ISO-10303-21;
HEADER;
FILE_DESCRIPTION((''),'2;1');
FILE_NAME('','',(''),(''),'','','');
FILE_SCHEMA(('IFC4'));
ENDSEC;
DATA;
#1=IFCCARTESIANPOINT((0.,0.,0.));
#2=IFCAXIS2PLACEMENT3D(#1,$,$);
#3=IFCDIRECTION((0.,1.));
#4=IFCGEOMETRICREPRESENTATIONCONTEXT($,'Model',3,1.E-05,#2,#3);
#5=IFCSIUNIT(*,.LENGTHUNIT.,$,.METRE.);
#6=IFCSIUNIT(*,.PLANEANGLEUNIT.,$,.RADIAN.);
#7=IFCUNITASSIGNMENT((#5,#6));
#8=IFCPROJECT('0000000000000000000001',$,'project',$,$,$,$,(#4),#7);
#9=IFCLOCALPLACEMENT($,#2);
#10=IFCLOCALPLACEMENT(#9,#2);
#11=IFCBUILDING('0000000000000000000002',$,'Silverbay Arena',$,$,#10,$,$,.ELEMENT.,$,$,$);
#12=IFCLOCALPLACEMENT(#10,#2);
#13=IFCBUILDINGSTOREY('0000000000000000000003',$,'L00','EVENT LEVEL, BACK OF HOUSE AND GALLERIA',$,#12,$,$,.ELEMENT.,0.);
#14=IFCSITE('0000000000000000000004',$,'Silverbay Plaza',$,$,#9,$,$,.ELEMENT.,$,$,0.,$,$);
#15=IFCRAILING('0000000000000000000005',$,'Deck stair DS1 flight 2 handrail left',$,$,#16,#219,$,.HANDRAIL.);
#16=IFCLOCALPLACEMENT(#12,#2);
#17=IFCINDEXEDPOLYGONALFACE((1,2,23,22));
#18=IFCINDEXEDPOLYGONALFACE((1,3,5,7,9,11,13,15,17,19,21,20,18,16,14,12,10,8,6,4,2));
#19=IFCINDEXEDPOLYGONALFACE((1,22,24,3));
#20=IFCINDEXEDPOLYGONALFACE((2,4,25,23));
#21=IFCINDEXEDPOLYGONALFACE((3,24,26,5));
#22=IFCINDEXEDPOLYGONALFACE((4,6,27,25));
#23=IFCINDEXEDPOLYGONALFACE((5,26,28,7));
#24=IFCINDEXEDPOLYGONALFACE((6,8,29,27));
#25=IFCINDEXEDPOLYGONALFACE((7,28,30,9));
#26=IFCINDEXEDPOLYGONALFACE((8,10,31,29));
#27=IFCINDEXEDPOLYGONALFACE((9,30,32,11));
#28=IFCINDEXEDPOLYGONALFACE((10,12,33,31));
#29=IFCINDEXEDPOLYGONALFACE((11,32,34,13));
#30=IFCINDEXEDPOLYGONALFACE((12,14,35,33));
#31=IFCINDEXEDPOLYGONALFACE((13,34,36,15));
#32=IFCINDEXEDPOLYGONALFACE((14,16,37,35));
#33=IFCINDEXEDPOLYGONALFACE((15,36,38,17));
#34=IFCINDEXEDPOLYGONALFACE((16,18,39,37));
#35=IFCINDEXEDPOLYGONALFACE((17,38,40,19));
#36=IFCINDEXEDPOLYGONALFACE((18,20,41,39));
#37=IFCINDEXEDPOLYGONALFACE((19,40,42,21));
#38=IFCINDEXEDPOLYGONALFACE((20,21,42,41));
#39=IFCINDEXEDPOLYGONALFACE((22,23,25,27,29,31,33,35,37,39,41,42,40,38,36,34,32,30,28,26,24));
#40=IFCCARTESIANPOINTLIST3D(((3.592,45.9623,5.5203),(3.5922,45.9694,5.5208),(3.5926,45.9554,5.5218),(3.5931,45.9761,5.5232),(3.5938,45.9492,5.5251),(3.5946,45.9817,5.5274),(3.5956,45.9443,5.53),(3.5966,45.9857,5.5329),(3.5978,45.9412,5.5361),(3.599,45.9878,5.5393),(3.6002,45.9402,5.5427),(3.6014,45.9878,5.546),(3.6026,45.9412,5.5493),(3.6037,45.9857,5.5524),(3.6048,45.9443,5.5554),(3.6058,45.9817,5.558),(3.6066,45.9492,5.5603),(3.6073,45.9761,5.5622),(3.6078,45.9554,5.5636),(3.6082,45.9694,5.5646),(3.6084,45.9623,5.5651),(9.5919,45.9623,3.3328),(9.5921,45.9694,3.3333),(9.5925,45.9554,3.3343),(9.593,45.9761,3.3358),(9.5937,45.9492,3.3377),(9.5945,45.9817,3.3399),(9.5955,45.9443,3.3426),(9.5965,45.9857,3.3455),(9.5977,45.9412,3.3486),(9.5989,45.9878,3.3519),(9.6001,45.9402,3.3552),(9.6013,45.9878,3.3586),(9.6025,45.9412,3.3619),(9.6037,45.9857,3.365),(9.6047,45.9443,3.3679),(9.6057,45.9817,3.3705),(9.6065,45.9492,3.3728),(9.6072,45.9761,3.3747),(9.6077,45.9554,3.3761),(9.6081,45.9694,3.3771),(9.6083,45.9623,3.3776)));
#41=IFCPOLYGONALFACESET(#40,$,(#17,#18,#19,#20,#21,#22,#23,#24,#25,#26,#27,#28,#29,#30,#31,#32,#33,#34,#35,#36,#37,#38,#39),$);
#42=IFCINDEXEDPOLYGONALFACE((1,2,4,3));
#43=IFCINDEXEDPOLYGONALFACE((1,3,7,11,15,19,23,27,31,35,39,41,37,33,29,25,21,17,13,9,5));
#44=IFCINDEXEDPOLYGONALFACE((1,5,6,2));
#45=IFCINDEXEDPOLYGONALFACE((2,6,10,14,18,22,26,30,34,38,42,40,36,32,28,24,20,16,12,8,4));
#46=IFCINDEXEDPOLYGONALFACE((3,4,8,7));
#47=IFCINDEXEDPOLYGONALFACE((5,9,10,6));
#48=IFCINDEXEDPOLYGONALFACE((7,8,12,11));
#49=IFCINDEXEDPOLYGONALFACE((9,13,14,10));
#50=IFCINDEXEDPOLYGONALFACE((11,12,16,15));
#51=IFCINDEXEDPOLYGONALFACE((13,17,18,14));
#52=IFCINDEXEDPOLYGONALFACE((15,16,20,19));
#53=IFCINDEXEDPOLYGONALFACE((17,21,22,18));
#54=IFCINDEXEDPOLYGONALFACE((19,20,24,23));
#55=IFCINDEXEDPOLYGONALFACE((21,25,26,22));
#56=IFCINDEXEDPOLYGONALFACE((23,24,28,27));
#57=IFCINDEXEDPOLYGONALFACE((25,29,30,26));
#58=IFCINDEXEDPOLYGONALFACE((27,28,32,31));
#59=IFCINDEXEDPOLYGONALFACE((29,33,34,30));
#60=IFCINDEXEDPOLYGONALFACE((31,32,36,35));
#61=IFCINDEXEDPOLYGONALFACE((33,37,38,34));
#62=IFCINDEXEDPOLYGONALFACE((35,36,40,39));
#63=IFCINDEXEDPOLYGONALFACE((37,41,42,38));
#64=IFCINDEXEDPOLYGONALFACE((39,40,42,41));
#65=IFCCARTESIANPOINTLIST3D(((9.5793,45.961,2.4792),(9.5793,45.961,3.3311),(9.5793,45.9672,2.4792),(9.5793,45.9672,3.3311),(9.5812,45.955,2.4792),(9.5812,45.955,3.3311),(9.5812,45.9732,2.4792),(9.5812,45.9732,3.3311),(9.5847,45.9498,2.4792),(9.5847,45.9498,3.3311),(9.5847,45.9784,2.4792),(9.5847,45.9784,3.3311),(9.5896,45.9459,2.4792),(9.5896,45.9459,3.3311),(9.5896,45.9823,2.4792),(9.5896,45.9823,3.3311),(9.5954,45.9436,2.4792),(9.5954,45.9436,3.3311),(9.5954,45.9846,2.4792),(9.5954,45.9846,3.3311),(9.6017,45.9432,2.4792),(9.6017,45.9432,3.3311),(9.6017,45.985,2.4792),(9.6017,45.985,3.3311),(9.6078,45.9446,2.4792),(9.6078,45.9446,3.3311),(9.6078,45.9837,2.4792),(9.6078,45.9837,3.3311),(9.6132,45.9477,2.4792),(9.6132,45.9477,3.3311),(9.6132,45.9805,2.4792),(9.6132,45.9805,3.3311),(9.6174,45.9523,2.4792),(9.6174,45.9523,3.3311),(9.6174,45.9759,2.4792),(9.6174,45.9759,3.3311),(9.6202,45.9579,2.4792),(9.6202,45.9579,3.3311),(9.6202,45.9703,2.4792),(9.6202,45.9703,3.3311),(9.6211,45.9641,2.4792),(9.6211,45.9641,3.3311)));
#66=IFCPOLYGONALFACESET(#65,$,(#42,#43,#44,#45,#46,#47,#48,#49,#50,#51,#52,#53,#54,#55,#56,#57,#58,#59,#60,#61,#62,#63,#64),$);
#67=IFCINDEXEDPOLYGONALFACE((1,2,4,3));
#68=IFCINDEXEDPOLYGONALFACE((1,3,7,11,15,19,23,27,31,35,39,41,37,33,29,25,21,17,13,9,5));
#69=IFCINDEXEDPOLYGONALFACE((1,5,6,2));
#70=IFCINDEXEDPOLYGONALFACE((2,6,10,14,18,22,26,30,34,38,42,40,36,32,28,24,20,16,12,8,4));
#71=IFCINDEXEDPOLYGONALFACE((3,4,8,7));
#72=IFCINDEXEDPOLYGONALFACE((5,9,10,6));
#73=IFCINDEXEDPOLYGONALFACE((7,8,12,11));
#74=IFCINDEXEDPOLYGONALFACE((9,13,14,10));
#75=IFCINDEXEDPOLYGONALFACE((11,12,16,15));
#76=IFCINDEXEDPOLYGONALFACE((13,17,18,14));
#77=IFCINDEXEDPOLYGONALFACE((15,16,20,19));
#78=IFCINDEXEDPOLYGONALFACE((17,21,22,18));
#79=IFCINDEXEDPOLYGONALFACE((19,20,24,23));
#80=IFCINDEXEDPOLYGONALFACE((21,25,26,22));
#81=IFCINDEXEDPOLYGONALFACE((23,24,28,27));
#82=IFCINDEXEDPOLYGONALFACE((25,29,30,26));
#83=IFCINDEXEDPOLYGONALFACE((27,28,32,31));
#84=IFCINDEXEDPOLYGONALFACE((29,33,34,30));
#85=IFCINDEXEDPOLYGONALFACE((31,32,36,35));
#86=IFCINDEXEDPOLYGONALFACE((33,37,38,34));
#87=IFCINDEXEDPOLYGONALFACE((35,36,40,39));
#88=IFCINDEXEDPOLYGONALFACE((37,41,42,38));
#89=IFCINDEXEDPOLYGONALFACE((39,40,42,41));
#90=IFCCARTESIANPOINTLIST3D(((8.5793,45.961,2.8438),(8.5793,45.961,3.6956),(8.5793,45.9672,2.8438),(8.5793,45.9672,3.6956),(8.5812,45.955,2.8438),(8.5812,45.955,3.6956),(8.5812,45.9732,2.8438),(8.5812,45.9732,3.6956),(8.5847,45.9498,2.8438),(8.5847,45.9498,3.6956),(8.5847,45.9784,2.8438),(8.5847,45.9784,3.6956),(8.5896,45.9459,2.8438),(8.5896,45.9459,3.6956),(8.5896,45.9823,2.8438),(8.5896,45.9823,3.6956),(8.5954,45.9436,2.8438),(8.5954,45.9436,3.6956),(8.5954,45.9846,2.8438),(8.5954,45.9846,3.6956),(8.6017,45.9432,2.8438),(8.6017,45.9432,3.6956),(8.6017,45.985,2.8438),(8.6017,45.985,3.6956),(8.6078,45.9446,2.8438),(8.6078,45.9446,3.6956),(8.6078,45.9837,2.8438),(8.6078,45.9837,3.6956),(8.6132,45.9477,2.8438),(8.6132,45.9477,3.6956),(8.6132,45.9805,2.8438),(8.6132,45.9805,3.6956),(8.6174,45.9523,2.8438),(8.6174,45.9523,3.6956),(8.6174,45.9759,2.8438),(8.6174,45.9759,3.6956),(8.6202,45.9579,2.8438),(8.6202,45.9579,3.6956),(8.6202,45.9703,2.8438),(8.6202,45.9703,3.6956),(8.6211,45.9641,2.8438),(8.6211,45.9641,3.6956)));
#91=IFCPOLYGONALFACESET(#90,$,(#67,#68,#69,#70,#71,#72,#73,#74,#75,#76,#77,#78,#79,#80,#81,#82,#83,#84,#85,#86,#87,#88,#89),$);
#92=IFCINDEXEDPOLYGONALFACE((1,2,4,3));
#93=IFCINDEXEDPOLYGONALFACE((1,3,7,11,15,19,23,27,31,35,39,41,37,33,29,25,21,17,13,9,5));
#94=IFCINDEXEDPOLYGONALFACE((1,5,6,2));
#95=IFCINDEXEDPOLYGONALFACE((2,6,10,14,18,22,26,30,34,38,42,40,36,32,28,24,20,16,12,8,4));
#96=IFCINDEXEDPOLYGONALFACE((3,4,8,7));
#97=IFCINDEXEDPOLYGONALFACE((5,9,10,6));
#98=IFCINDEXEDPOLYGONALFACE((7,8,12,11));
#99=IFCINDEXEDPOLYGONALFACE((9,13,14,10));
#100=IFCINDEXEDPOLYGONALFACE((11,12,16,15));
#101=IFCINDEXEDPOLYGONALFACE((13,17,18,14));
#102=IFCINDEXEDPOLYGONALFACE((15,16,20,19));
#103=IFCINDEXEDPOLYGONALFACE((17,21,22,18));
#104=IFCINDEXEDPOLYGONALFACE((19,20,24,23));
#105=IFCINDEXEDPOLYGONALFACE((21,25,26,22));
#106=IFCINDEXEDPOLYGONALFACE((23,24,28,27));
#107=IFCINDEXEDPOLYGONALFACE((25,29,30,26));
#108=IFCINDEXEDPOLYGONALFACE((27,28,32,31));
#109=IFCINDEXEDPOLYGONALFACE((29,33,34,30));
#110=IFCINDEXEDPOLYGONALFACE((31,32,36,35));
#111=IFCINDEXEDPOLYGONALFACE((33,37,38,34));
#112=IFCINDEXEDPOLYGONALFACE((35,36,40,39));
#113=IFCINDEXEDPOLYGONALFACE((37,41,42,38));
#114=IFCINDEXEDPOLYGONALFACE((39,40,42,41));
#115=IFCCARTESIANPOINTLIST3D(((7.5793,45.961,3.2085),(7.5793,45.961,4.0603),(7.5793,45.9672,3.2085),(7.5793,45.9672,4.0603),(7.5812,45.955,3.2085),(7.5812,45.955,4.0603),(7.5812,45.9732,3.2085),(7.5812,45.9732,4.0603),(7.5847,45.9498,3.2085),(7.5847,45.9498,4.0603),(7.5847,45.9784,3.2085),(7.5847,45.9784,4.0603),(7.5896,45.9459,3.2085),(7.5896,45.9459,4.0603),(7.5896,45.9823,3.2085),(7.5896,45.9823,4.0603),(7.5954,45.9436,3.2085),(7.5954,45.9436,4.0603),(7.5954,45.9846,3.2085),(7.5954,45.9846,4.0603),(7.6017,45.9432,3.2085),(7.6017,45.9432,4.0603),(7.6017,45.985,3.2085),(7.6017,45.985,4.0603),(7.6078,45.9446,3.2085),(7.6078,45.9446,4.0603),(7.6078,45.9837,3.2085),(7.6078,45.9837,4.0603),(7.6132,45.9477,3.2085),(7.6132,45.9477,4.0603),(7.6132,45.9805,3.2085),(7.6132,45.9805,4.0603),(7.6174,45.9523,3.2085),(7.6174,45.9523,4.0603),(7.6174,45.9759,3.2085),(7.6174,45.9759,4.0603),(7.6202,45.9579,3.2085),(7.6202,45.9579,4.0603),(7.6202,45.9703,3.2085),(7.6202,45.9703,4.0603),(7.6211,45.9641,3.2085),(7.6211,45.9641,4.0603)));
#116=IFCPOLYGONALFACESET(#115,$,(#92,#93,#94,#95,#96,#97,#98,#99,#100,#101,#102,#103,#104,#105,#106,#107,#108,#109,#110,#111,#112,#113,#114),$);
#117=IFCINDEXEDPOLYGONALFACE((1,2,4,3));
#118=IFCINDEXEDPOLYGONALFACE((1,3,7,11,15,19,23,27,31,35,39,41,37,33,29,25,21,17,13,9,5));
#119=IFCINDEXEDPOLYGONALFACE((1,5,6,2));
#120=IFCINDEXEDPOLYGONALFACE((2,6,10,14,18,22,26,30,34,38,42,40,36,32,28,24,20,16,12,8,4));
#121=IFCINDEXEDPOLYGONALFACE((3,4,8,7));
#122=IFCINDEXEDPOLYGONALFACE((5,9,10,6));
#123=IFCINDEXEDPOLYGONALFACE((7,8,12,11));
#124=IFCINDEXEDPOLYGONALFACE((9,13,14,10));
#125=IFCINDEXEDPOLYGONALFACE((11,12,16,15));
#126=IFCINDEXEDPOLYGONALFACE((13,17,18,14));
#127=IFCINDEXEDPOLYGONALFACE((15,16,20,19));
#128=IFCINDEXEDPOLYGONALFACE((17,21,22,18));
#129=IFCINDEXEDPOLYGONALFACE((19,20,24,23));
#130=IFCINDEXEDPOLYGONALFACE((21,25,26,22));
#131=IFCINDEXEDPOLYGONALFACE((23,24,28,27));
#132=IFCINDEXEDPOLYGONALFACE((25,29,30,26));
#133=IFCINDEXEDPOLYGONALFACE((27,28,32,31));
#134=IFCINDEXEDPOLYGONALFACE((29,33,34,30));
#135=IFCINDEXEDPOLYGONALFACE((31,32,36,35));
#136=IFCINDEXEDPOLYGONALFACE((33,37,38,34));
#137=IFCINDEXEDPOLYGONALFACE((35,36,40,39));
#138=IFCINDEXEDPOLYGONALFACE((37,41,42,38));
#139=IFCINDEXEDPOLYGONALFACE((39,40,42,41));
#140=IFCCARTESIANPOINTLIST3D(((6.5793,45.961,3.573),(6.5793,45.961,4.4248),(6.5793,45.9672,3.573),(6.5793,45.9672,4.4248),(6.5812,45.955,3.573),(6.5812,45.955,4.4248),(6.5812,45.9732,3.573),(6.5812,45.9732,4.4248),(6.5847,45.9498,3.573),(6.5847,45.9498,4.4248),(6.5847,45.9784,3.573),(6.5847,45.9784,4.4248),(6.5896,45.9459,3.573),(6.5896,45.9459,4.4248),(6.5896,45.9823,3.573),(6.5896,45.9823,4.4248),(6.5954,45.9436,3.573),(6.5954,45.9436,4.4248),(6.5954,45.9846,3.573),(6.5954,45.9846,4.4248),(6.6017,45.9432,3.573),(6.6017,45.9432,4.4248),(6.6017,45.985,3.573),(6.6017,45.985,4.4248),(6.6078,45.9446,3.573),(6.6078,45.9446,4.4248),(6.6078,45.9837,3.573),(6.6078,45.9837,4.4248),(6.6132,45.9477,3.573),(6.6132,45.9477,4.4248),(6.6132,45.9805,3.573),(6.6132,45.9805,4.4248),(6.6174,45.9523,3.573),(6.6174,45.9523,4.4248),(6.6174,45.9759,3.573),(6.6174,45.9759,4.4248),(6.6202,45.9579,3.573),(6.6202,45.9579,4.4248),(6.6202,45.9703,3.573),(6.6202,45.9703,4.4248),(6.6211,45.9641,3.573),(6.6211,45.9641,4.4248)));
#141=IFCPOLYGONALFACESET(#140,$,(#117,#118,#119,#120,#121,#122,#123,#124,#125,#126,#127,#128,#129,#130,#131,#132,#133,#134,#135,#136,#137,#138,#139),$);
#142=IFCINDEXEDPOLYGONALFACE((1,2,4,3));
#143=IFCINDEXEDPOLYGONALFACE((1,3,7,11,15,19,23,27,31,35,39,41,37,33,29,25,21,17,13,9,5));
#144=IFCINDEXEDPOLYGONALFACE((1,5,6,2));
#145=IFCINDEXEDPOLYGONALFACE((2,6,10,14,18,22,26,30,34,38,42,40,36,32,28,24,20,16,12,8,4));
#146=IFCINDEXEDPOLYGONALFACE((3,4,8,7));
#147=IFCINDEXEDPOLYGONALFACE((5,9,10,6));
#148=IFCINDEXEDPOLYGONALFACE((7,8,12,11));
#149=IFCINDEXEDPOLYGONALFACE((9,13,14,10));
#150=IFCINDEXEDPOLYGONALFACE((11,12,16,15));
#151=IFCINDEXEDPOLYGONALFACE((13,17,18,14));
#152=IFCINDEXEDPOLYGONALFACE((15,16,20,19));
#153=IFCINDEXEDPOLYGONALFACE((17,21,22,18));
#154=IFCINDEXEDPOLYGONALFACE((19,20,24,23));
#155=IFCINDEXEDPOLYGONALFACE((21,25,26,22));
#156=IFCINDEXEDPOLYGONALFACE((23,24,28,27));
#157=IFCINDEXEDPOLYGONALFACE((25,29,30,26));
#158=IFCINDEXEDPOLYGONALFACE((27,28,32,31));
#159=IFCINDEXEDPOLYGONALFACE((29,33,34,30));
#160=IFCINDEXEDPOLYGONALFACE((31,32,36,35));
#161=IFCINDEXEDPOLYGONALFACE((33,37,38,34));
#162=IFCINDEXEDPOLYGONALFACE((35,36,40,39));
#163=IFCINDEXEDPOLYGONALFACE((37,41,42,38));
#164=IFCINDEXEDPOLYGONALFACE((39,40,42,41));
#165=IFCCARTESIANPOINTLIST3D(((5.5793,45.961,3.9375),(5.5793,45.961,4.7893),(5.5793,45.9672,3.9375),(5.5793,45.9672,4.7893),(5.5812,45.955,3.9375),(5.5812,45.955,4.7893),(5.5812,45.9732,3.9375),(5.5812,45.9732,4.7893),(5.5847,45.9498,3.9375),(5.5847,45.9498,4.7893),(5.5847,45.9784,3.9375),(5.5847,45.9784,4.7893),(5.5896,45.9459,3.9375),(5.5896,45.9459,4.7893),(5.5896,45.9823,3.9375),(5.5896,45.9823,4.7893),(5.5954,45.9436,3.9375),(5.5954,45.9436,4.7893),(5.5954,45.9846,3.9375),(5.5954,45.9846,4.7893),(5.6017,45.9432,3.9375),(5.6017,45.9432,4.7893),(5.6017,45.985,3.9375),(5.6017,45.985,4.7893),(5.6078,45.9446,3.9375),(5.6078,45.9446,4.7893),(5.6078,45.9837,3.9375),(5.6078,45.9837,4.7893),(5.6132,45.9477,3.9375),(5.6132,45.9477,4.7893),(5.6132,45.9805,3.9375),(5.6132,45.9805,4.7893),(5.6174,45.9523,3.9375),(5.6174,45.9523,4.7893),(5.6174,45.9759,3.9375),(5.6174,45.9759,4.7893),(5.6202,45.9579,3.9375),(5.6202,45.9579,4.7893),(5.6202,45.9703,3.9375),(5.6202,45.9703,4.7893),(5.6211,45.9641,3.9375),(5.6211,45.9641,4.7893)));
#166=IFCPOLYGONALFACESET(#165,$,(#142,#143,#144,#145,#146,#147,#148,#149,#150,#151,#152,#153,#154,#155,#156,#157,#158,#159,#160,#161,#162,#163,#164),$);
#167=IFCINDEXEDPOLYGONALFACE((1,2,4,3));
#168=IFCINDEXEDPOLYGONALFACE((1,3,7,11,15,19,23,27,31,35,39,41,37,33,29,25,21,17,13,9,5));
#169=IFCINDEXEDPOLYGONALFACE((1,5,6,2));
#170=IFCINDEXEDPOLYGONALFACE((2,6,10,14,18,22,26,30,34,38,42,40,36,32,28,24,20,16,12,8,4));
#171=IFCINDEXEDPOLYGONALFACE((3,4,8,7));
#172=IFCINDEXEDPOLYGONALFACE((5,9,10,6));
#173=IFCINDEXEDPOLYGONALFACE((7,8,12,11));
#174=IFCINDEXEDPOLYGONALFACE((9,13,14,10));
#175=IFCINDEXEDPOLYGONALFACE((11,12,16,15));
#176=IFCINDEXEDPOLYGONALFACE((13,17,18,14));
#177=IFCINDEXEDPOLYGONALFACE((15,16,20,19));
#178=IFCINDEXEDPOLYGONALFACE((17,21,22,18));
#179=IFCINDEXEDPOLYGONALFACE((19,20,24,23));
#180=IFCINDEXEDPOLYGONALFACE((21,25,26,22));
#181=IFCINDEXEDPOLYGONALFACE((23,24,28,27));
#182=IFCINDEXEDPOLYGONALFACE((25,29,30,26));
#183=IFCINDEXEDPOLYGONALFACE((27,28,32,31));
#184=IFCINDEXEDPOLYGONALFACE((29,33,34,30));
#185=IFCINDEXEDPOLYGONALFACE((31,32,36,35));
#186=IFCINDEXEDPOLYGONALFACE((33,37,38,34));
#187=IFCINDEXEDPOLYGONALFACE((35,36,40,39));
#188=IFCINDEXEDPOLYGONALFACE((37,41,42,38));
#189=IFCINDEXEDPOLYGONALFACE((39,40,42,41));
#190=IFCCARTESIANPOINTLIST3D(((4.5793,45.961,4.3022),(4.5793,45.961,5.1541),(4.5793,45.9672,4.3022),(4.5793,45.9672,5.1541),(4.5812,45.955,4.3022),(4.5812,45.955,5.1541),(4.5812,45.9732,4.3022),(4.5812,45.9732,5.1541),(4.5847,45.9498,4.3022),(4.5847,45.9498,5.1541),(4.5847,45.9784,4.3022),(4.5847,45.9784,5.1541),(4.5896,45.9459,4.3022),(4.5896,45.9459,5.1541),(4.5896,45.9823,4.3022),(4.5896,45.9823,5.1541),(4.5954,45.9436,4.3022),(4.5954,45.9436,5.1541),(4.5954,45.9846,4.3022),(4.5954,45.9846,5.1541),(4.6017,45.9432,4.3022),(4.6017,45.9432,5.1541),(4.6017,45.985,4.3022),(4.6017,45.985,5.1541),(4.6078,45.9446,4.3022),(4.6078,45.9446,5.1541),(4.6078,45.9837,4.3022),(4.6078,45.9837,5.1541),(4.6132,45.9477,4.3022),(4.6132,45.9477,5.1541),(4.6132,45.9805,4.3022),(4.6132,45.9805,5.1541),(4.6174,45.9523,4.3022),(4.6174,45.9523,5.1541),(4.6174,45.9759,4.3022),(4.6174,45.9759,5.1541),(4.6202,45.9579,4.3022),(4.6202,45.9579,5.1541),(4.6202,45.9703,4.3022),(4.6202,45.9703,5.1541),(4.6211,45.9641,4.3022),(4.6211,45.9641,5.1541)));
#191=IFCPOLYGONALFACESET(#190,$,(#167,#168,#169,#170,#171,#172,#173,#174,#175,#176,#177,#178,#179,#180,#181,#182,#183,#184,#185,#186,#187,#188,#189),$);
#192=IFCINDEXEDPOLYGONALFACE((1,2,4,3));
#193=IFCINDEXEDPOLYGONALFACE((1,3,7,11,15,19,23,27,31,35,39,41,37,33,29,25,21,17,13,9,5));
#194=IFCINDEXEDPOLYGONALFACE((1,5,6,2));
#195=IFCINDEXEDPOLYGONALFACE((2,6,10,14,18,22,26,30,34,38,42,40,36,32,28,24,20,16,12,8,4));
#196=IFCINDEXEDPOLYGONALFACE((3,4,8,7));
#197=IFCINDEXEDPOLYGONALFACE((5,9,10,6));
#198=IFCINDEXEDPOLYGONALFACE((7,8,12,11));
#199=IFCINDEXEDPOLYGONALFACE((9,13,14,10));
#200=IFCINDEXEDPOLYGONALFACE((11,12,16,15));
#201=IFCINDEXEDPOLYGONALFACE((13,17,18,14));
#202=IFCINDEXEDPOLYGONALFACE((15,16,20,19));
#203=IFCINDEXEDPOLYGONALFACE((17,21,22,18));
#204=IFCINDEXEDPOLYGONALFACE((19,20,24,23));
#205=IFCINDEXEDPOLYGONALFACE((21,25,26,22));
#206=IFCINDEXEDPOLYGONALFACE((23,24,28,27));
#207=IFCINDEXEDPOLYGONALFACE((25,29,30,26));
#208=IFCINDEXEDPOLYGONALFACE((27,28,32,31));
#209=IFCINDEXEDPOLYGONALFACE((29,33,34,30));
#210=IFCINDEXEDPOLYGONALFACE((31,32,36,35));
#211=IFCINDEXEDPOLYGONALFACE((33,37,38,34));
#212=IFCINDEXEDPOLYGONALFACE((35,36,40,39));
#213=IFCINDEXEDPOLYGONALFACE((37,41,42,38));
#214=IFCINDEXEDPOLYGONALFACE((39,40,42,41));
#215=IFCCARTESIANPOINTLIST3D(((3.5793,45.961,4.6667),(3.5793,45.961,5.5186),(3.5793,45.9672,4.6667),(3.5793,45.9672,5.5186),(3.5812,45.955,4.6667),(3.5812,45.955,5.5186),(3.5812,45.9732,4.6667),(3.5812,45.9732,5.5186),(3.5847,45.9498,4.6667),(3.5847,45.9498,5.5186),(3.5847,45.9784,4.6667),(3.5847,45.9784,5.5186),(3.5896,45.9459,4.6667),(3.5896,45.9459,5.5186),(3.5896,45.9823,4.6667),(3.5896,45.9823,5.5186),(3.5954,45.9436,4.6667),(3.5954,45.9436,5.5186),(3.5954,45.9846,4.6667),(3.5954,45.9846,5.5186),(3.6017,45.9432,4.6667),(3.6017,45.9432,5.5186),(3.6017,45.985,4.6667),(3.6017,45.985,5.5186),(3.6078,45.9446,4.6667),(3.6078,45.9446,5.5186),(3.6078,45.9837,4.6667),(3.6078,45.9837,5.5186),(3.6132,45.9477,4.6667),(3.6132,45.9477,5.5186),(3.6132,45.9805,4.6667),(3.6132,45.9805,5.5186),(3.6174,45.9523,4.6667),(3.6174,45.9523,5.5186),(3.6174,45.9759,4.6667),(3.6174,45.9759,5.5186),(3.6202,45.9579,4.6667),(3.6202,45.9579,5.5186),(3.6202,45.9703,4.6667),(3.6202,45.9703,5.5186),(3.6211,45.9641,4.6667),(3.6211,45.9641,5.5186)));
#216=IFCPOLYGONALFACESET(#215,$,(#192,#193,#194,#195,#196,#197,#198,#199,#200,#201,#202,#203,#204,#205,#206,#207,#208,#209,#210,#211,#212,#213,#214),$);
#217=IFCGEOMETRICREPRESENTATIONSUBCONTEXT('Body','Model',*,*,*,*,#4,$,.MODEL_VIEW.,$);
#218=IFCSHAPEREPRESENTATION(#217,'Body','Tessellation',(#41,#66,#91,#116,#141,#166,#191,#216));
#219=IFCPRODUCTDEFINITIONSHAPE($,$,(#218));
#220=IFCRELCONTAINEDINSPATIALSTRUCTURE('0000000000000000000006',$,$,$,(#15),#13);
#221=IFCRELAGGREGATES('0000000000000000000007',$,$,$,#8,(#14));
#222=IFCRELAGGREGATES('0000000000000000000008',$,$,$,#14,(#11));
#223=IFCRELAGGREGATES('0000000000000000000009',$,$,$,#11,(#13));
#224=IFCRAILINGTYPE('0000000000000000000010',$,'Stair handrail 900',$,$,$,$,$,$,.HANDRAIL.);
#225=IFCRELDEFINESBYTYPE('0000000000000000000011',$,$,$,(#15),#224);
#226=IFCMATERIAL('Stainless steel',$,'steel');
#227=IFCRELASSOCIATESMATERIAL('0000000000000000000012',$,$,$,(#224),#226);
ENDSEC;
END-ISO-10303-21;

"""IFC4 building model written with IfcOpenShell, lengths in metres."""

from ifc_helpers import new_model, si_unit, direction, frame, origin, origin_2d, place, context, subcontext, project, spatial, circle, extrude, material, type_object, element, save


model = new_model("IFC4")

# Units and contexts
model_context = context("Model", 3, precision=1e-05, world=origin(), true_north=direction((0.0, 1.0)))
body_context = subcontext(model_context, "Body", "Model", "MODEL_VIEW")
ifc_project = project(units=[si_unit("LENGTHUNIT", "METRE"), si_unit("PLANEANGLEUNIT", "RADIAN")], contexts=[model_context])

# Site, building, storey
site_placement = place(None, origin())
site = spatial("IfcSite", under=ifc_project, at=site_placement, Name="Silverbay Plaza", CompositionType="ELEMENT", RefElevation=0.0)
building_placement = place(site_placement, origin())
building = spatial("IfcBuilding", under=site, at=building_placement, Name="Silverbay Arena", CompositionType="ELEMENT")
storey_placement = place(building_placement, origin())
storey = spatial("IfcBuildingStorey", under=building, at=storey_placement, Name="L00", Description="EVENT LEVEL, BACK OF HOUSE AND GALLERIA", CompositionType="ELEMENT", Elevation=0.0)

# Railing
ifc_material_1 = material(Name="Stainless steel", Category="steel")
railing_type_1 = type_object("IfcRailingType", Name="Stair handrail 900", PredefinedType="HANDRAIL", material=ifc_material_1)
for number, where, name in (
    (1, (9.6001, 45.9641, 2.4792), "Deck stair DS1 flight 2 handrail left"),
):
    element("IfcRailing", number, at=place(storey_placement, frame(where)), inside=storey, type_object=railing_type_1, Name=name, PredefinedType="HANDRAIL", context=body_context, shape_type="SweptSolid", body=[
        extrude(circle(Radius=0.0239, at=origin_2d()), frame((0.0, 0.0, 0.876), z_axis=(-0.939507, 0.0, 0.342529), x_axis=(0.0, -1.0, 0.0)), (0.0, 0.0, 1.0), 6.3862),
        extrude(circle(Radius=0.021, at=origin_2d()), origin(), (0.0, 0.0, 1.0), 0.8518),
        extrude(circle(Radius=0.021, at=origin_2d()), frame((-1.0, 0.0, 0.3645)), (0.0, 0.0, 1.0), 0.8518),
        extrude(circle(Radius=0.021, at=origin_2d()), frame((-2.0, 0.0, 0.7292)), (0.0, 0.0, 1.0), 0.8518),
        extrude(circle(Radius=0.021, at=origin_2d()), frame((-3.0, 0.0, 1.0938)), (0.0, 0.0, 1.0), 0.8518),
        extrude(circle(Radius=0.021, at=origin_2d()), frame((-4.0, 0.0, 1.4583)), (0.0, 0.0, 1.0), 0.8518),
        extrude(circle(Radius=0.021, at=origin_2d()), frame((-5.0, 0.0, 1.823)), (0.0, 0.0, 1.0), 0.8518),
        extrude(circle(Radius=0.021, at=origin_2d()), frame((-6.0, 0.0, 2.1875)), (0.0, 0.0, 1.0), 0.8518),
    ])

save(model, "model.ifc")
